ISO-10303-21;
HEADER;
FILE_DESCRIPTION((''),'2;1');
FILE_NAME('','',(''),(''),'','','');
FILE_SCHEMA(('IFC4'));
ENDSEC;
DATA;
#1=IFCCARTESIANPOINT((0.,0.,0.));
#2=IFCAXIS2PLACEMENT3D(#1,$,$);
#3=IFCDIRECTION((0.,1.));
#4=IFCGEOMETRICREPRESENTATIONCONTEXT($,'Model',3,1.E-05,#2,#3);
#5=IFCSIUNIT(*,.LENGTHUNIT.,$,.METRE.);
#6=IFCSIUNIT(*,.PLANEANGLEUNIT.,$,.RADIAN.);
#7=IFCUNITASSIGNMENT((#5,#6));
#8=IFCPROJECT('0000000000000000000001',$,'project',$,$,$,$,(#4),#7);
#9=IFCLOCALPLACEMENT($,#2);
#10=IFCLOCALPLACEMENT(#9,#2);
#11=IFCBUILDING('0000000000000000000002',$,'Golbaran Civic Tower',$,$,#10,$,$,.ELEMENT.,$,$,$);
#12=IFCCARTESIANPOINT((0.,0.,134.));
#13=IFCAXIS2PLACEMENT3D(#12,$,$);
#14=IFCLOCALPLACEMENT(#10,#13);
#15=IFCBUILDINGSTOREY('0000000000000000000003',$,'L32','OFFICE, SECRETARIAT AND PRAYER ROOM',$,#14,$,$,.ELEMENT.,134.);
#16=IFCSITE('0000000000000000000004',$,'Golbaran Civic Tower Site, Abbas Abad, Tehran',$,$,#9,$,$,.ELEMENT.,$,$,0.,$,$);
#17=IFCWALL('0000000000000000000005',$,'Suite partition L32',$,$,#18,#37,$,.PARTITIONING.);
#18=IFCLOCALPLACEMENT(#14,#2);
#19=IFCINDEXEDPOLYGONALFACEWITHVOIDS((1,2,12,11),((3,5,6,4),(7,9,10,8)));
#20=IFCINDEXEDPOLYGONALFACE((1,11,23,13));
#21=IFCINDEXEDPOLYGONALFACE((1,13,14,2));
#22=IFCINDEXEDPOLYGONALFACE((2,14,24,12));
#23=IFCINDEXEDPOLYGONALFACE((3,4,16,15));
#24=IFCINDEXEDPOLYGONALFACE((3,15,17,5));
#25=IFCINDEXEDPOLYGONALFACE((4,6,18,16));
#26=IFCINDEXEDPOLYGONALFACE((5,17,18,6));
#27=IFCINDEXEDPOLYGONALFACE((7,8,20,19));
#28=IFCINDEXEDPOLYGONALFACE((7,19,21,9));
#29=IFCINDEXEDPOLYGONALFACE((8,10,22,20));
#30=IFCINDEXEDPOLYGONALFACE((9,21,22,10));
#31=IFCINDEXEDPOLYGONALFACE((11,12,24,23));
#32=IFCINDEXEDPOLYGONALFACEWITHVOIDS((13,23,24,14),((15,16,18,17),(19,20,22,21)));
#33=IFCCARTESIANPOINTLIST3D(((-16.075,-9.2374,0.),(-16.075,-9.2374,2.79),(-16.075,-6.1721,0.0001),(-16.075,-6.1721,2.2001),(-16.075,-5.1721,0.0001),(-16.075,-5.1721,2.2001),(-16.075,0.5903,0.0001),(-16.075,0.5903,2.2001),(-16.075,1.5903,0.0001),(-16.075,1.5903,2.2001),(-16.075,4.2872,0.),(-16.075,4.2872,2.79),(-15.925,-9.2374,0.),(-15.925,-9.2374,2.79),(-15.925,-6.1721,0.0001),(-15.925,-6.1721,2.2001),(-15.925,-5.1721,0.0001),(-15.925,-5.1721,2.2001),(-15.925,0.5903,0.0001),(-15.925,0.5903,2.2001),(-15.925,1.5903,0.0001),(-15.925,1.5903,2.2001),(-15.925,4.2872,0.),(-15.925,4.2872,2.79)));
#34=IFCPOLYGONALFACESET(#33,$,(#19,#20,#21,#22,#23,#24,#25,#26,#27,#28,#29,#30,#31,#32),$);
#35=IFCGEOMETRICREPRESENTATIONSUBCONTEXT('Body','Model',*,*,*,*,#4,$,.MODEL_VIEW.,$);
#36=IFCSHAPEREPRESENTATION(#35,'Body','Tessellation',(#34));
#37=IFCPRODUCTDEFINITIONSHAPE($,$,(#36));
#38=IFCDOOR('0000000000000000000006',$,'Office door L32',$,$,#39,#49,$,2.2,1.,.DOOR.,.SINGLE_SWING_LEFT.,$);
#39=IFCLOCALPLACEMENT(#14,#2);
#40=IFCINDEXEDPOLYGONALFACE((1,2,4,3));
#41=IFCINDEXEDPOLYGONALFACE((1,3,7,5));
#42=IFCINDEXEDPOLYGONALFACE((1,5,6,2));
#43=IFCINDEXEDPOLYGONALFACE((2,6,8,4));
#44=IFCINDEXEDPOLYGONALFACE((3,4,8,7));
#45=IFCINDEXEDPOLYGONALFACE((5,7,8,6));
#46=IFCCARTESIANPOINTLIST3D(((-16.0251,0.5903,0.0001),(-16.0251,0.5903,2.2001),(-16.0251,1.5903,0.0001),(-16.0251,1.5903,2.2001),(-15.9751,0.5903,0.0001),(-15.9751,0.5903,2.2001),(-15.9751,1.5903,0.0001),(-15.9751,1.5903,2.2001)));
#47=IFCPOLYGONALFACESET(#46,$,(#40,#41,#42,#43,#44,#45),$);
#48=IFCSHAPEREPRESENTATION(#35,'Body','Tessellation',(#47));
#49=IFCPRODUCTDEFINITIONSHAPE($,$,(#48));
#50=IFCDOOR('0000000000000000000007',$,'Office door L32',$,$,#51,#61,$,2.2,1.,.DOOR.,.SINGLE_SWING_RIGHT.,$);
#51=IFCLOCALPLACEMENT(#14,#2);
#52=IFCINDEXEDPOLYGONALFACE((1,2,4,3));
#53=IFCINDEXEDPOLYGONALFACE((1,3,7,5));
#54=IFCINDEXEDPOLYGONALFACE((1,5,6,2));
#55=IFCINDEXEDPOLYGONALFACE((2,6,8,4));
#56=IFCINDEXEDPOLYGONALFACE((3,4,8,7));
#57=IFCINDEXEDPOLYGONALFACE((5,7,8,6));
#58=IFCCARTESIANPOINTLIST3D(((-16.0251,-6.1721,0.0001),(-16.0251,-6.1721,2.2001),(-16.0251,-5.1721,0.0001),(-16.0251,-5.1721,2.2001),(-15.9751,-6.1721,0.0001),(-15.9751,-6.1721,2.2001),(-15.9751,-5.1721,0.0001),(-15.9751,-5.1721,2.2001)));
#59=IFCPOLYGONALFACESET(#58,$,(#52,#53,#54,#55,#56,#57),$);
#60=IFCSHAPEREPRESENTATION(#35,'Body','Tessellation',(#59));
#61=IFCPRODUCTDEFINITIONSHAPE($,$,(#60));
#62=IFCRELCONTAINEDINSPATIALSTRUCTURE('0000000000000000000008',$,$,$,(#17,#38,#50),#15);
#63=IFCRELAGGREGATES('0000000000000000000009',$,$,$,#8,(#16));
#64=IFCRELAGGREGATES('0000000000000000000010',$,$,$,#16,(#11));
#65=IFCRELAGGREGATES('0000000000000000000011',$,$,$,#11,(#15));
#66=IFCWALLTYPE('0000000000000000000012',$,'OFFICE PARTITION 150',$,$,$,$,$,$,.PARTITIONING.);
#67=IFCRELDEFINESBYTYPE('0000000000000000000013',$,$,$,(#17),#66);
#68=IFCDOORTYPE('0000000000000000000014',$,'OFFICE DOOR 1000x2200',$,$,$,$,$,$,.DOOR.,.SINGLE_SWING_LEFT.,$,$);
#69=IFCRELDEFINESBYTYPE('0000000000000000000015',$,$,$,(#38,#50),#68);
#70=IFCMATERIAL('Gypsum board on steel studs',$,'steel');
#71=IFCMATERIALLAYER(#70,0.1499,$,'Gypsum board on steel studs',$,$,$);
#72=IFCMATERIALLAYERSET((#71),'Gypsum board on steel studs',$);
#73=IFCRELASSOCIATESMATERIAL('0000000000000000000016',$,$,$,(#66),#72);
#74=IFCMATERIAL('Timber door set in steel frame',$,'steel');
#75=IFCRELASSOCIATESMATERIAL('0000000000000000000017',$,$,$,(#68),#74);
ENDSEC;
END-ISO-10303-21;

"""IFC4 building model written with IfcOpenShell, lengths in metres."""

from ifc_helpers import new_model, si_unit, direction, frame, frame_2d, origin, place, context, subcontext, project, spatial, rectangle, extrude, material, layer, layer_set, type_object, element, fill, save


model = new_model("IFC4")

# Units and contexts
model_context = context("Model", 3, precision=1e-05, world=origin(), true_north=direction((0.0, 1.0)))
body_context = subcontext(model_context, "Body", "Model", "MODEL_VIEW")
ifc_project = project(units=[si_unit("LENGTHUNIT", "METRE"), si_unit("PLANEANGLEUNIT", "RADIAN")], contexts=[model_context])

# Site, building, storey
site_placement = place(None, origin())
site = spatial("IfcSite", under=ifc_project, at=site_placement, Name="Golbaran Civic Tower Site, Abbas Abad, Tehran", CompositionType="ELEMENT", RefElevation=0.0)
building_placement = place(site_placement, origin())
building = spatial("IfcBuilding", under=site, at=building_placement, Name="Golbaran Civic Tower", CompositionType="ELEMENT")
storey_placement = place(building_placement, frame((0.0, 0.0, 134.0)))
storey = spatial("IfcBuildingStorey", under=building, at=storey_placement, Name="L32", Description="OFFICE, SECRETARIAT AND PRAYER ROOM", CompositionType="ELEMENT", Elevation=134.0)

# Wall, openings, doors
ifc_material_1 = material(Name="Gypsum board on steel studs", Category="steel")
ifc_layer_1 = layer(ifc_material_1, 0.1499, Name="Gypsum board on steel studs")
ifc_layer_set_1 = layer_set([ifc_layer_1], Name="Gypsum board on steel studs")
wall_type = type_object("IfcWallType", Name="OFFICE PARTITION 150", PredefinedType="PARTITIONING", material=ifc_layer_set_1)
wall_placement = place(storey_placement, frame((-16.0, 4.2871, 0.0), z_axis=(0.0, 0.0, 1.0), x_axis=(0.0, -1.0, 0.0)))
wall = element("IfcWall", 1, at=wall_placement, inside=storey, type_object=wall_type, Name="Suite partition L32", PredefinedType="PARTITIONING", context=body_context, shape_type="SweptSolid", body=[
    extrude(rectangle(XDim=13.5247, YDim=0.1499, at=frame_2d((6.7622, 0.0))), origin(), (0.0, 0.0, 1.0), 2.79),
])
opening_1_placement = place(wall_placement, frame((2.6968, 0.0, 0.0)))
opening_1 = element("IfcOpeningElement", 2, at=opening_1_placement, cuts=wall, PredefinedType="OPENING", context=body_context, shape_type="SweptSolid", body=[
    extrude(rectangle(XDim=1.0, YDim=2.2, at=frame_2d((0.5, 1.1001))), frame((0.0, 0.085, 0.0), z_axis=(0.0, -1.0, 0.0), x_axis=(1.0, 0.0, 0.0)), (0.0, 0.0, 1.0), 0.1699),
])
opening_2_placement = place(wall_placement, frame((9.4592, 0.0, 0.0)))
opening_2 = element("IfcOpeningElement", 3, at=opening_2_placement, cuts=wall, PredefinedType="OPENING", context=body_context, shape_type="SweptSolid", body=[
    extrude(rectangle(XDim=1.0, YDim=2.2, at=frame_2d((0.5, 1.1001))), frame((0.0, 0.085, 0.0), z_axis=(0.0, -1.0, 0.0), x_axis=(1.0, 0.0, 0.0)), (0.0, 0.0, 1.0), 0.1699),
])
ifc_material_2 = material(Name="Timber door set in steel frame", Category="steel")
door_type = type_object("IfcDoorType", Name="OFFICE DOOR 1000x2200", OperationType="SINGLE_SWING_LEFT", PredefinedType="DOOR", material=ifc_material_2)
door_1_placement = place(opening_1_placement, origin())
door_1 = element("IfcDoor", 4, at=door_1_placement, inside=storey, type_object=door_type, Name="Office door L32", OperationType="SINGLE_SWING_LEFT", OverallHeight=2.2, OverallWidth=1.0, PredefinedType="DOOR", context=body_context, shape_type="SweptSolid", body=[
    extrude(rectangle(XDim=1.0, YDim=2.2, at=frame_2d((0.5, 1.1001))), frame((0.0, 0.0249, 0.0), z_axis=(0.0, -1.0, 0.0), x_axis=(1.0, 0.0, 0.0)), (0.0, 0.0, 1.0), 0.05),
])
fill(opening_1, door_1)
door_2_placement = place(opening_2_placement, origin())
door_2 = element("IfcDoor", 5, at=door_2_placement, inside=storey, type_object=door_type, Name="Office door L32", OperationType="SINGLE_SWING_RIGHT", OverallHeight=2.2, OverallWidth=1.0, PredefinedType="DOOR", context=body_context, shape_type="SweptSolid", body=[
    extrude(rectangle(XDim=1.0, YDim=2.2, at=frame_2d((0.5, 1.1001))), frame((0.0, 0.0249, 0.0), z_axis=(0.0, -1.0, 0.0), x_axis=(1.0, 0.0, 0.0)), (0.0, 0.0, 1.0), 0.05),
])
fill(opening_2, door_2)

save(model, "model.ifc")
